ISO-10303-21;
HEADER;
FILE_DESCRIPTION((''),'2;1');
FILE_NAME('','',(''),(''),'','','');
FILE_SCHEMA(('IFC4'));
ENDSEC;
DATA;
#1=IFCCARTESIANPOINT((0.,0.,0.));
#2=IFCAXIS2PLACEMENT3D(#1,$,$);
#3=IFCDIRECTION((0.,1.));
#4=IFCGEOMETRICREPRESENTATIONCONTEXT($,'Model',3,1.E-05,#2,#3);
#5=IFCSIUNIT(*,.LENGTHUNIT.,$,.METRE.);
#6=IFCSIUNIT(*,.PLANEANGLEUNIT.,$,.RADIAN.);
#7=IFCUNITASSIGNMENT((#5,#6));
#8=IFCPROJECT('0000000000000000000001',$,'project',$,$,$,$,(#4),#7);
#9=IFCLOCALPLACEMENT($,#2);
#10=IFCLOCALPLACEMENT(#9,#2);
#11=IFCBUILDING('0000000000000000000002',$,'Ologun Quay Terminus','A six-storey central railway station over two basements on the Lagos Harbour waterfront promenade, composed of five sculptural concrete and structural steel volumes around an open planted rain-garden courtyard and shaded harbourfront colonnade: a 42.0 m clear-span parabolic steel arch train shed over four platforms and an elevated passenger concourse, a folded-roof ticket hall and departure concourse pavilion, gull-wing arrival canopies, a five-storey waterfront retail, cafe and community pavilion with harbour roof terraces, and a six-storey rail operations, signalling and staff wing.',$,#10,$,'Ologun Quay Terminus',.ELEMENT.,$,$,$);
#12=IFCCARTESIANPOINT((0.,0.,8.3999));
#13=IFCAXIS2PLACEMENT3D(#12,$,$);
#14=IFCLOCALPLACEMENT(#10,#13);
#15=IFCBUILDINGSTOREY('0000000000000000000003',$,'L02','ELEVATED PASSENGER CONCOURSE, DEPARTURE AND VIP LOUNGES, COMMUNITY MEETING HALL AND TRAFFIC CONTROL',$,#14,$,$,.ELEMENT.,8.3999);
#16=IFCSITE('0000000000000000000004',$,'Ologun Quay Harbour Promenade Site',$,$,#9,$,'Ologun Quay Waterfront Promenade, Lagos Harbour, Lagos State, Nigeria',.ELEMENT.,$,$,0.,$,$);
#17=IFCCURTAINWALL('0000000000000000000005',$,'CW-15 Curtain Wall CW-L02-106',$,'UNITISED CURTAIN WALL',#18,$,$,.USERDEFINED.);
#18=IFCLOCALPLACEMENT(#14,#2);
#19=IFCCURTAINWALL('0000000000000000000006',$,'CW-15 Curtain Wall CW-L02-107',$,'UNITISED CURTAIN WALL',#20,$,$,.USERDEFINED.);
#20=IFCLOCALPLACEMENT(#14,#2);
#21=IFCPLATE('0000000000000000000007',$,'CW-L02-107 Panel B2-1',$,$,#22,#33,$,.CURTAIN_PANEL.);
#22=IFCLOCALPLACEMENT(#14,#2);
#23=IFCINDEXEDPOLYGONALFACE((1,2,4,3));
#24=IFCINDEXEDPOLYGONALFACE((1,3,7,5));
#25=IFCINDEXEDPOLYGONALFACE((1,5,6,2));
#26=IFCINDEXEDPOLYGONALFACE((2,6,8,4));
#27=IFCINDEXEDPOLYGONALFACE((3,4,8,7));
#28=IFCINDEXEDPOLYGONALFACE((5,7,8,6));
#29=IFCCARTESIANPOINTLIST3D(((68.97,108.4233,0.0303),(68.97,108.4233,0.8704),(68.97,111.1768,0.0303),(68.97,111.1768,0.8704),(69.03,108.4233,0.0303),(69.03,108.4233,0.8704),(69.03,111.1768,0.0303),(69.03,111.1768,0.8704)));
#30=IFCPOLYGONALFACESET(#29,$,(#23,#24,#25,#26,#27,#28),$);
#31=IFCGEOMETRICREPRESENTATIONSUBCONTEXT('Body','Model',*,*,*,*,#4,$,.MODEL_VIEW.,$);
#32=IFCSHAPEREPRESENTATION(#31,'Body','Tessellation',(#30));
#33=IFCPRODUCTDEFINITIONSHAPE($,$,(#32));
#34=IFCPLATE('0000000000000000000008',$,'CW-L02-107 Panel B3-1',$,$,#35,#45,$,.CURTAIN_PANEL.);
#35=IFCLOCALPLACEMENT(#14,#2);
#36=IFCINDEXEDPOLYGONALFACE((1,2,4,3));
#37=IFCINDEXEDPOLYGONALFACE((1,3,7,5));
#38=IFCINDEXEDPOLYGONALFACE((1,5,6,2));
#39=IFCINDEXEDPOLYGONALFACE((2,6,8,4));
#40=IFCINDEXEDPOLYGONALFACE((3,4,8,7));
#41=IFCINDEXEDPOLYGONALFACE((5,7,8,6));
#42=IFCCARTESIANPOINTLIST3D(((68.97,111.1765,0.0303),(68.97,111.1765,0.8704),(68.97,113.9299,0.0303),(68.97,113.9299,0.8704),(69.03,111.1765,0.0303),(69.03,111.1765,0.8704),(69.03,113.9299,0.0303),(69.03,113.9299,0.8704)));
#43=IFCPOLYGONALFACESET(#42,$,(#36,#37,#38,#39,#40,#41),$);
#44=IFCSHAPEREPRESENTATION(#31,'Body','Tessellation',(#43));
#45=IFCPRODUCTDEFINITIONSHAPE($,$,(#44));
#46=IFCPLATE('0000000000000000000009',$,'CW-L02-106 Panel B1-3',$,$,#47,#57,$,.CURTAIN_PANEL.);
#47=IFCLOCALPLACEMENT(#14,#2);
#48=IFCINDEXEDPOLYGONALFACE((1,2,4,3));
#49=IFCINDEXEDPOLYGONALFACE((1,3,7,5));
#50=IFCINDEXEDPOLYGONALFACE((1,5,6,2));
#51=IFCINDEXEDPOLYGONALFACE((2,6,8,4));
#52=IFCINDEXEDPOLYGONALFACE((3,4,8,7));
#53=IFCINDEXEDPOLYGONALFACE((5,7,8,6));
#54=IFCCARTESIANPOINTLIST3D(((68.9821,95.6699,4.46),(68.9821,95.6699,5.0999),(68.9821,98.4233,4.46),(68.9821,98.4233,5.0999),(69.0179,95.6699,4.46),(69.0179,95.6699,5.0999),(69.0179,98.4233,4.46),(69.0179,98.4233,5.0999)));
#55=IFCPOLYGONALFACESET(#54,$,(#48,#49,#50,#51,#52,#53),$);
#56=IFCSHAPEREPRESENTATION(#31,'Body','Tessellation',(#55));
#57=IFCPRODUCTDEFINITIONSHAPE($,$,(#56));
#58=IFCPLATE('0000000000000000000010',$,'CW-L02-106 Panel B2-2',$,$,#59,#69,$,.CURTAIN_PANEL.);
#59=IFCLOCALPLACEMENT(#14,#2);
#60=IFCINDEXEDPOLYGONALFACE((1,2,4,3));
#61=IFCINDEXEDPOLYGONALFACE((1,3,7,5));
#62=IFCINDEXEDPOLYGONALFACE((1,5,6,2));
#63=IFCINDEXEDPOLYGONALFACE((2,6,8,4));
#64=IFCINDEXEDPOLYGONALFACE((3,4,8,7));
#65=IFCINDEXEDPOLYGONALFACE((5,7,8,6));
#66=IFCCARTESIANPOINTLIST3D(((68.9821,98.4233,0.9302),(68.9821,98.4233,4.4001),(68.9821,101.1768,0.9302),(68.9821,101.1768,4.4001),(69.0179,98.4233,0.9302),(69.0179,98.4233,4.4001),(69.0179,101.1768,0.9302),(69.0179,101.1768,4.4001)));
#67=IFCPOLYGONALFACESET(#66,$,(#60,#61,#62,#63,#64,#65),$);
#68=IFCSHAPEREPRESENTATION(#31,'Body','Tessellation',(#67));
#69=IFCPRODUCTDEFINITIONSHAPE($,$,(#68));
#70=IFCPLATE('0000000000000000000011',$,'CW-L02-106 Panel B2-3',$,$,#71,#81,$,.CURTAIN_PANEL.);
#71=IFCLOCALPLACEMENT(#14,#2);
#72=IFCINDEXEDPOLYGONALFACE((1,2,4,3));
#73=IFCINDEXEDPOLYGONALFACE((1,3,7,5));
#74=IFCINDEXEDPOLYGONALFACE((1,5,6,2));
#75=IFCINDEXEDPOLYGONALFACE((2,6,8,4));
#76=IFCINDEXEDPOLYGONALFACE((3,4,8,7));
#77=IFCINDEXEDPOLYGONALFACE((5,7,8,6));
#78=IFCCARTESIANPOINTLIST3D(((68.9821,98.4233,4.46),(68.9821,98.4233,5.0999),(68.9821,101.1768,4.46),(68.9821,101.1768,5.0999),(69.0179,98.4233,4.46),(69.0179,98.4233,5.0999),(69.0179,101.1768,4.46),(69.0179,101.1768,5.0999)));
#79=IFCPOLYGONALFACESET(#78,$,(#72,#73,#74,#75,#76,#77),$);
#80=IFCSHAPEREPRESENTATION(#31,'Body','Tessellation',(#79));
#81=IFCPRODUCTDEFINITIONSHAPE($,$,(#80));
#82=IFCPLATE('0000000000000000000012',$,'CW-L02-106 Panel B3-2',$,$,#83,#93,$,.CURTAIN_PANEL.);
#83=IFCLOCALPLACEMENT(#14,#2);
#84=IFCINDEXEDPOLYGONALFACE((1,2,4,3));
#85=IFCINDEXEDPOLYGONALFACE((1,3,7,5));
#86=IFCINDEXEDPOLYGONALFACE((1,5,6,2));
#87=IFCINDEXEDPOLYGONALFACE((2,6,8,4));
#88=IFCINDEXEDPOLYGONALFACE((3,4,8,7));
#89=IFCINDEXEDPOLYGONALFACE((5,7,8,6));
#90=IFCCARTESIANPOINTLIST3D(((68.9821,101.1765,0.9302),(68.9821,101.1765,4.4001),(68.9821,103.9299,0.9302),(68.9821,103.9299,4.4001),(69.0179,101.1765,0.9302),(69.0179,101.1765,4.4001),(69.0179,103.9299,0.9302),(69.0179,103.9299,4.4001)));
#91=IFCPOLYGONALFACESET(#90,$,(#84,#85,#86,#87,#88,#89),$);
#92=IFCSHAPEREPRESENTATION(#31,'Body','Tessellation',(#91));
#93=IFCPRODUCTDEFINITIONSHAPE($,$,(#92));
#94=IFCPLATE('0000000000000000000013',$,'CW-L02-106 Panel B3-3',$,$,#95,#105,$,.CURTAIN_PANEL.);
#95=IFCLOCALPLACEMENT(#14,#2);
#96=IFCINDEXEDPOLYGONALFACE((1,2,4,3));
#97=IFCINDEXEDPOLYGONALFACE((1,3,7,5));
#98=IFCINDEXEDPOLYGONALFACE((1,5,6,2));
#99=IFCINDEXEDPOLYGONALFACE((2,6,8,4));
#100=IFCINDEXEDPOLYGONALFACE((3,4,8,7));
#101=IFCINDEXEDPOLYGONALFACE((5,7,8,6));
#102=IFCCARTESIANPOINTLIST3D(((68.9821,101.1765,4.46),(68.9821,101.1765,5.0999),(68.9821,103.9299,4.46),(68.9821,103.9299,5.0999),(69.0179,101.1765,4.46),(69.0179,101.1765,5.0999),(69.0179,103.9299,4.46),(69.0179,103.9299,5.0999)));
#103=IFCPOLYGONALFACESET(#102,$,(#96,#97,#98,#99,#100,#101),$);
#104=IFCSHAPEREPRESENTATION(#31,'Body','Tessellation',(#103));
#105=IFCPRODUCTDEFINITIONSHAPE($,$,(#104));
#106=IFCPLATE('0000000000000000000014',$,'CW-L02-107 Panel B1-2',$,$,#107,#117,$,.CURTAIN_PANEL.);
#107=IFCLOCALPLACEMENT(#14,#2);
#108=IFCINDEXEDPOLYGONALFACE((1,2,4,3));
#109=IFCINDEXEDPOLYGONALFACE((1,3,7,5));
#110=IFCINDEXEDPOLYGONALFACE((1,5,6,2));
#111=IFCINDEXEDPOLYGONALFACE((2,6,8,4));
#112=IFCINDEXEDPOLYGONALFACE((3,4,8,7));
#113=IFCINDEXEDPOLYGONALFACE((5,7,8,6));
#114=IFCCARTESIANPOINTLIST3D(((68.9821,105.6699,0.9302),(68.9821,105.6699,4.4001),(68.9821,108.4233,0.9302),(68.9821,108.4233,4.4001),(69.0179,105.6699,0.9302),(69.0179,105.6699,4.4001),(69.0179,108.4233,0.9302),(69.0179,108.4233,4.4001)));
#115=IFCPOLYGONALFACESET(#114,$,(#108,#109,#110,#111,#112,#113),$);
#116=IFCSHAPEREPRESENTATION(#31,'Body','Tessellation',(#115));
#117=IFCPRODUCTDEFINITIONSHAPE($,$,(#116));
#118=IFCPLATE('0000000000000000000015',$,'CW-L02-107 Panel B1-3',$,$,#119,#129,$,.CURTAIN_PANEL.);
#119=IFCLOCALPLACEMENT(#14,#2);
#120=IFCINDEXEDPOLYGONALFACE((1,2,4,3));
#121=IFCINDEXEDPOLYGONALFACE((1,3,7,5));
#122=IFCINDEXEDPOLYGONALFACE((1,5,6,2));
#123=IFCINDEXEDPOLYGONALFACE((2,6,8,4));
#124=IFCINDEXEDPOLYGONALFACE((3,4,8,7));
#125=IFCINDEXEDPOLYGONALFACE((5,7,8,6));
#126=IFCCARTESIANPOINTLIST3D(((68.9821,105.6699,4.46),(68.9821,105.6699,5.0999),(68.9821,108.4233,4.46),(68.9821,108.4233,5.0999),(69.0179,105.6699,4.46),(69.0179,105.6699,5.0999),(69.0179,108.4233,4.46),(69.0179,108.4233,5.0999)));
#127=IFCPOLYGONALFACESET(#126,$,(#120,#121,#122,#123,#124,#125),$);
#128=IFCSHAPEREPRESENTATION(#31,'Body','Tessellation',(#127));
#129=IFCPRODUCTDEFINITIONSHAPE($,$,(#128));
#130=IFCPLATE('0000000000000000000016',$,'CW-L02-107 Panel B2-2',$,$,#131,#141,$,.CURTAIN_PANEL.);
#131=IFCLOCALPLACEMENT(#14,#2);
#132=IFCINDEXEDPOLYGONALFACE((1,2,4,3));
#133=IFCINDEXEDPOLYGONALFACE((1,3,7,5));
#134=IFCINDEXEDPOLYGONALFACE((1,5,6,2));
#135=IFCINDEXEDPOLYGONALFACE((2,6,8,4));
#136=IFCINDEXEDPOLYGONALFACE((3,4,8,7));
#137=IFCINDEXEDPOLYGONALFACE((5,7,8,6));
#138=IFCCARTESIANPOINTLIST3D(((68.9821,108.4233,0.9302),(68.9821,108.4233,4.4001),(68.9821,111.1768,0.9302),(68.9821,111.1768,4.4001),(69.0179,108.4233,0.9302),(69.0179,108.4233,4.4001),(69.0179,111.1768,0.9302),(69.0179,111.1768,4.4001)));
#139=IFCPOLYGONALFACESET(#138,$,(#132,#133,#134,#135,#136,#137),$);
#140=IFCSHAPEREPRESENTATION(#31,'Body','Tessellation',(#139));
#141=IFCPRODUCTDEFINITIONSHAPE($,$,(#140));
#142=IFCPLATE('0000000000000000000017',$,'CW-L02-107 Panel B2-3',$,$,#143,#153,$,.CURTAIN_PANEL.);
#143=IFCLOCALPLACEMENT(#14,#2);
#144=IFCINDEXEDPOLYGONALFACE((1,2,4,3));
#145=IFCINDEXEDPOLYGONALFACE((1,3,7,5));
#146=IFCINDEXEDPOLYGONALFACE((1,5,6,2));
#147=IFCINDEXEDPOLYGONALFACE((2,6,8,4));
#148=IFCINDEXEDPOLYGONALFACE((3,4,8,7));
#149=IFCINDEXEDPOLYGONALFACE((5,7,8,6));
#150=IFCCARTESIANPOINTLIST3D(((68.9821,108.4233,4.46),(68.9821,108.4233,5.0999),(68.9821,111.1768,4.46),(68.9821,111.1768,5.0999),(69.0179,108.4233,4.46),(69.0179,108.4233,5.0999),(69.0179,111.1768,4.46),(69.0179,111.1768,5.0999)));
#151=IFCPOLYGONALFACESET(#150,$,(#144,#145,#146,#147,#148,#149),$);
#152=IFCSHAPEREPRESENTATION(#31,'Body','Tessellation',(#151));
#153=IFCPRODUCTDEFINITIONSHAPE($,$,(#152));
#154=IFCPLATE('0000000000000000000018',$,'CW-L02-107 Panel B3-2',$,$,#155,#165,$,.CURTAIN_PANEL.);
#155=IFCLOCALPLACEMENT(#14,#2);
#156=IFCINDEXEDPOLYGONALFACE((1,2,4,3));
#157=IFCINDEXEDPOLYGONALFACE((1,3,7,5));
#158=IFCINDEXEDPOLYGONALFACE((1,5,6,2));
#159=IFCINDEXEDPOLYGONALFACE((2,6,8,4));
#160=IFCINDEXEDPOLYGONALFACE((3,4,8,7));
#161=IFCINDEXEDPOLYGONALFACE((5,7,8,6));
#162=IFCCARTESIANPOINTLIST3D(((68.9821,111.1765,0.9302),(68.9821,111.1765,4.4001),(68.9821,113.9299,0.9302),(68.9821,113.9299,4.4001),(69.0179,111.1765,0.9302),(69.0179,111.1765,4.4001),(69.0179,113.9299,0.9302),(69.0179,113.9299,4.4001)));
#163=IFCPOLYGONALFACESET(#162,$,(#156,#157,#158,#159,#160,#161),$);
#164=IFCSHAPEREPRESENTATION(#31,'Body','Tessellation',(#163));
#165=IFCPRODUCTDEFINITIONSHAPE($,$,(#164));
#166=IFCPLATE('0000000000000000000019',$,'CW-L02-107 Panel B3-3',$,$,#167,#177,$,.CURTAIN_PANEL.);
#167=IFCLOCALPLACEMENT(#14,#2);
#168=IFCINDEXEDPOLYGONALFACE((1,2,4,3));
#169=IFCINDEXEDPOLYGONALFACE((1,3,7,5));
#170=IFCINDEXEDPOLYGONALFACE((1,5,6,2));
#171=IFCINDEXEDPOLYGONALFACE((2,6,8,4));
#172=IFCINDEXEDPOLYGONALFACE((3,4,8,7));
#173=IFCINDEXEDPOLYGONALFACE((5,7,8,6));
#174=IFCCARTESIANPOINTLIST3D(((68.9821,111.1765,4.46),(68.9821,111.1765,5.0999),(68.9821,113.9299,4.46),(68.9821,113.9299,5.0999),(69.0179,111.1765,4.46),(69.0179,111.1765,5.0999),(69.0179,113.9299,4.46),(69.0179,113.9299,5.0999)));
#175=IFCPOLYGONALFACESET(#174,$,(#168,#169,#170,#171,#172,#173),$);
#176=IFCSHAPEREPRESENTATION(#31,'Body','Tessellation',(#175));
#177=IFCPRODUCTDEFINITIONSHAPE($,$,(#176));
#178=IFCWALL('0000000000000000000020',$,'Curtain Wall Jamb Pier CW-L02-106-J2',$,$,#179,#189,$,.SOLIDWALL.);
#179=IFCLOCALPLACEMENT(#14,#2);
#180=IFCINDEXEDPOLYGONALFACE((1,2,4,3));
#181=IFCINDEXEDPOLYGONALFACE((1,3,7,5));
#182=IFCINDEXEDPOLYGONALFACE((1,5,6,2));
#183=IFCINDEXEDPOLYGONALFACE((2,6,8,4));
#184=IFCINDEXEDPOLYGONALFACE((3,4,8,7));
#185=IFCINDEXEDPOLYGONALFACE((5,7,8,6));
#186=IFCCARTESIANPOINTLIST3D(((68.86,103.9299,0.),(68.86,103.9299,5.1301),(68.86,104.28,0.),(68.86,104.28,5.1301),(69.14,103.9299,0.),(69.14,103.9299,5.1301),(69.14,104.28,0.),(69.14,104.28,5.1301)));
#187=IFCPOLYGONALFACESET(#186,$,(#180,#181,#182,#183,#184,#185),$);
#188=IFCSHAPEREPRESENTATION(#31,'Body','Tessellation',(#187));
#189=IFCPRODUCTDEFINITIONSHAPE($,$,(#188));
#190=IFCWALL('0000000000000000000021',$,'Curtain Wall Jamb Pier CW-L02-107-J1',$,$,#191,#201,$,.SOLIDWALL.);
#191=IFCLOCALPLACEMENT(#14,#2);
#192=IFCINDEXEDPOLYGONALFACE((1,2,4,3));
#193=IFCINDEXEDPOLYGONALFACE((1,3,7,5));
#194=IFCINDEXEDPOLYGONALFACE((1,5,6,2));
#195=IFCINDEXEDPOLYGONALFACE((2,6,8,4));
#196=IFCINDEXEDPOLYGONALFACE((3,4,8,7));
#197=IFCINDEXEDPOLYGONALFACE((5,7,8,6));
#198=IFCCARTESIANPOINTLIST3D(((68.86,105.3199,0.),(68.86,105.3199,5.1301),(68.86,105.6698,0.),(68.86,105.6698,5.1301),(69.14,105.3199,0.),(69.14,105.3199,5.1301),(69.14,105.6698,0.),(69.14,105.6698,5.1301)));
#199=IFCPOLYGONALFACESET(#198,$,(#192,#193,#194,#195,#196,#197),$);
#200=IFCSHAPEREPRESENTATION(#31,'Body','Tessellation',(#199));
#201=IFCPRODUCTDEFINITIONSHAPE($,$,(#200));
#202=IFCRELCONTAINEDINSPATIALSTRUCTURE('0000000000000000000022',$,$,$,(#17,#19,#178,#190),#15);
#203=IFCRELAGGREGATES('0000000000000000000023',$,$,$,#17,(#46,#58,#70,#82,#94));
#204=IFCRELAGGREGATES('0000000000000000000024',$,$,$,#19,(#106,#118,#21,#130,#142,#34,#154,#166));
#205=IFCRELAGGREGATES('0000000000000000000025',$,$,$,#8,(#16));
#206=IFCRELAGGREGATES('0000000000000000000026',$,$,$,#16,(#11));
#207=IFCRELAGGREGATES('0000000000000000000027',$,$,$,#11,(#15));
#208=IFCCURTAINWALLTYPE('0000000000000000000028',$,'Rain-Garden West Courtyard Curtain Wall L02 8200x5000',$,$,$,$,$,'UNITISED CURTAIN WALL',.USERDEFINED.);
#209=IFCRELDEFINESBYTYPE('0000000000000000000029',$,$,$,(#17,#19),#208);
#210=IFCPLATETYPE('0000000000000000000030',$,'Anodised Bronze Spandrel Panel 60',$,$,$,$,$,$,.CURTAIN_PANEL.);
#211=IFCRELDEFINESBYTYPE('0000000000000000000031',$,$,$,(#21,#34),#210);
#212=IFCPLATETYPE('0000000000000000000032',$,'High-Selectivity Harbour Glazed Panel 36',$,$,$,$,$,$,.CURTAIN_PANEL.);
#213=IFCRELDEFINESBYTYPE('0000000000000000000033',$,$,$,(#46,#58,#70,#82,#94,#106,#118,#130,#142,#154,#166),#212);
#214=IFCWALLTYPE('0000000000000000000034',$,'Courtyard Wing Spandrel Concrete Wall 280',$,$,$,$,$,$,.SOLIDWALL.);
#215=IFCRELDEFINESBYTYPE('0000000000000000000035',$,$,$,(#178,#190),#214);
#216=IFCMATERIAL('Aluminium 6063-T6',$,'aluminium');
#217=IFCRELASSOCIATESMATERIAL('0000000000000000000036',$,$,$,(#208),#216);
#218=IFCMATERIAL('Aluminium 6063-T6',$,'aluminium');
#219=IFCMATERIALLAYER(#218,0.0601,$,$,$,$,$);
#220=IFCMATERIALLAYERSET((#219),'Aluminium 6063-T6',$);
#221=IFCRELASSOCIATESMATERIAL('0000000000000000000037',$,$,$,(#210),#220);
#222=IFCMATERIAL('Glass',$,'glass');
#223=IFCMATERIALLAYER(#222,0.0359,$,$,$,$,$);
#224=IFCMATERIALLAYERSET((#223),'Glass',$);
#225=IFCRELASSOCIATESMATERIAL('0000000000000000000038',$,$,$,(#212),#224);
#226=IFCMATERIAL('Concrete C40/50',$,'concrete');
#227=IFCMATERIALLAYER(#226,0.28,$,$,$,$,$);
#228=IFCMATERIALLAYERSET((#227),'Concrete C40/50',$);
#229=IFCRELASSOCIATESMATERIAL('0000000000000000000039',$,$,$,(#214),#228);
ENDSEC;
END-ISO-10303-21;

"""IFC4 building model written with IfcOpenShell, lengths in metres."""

from ifc_helpers import new_model, si_unit, direction, frame, frame_2d, origin, origin_2d, place, context, subcontext, project, spatial, rectangle, extrude, material, layer, layer_set, type_object, element, aggregate, save


model = new_model("IFC4")

# Units and contexts
model_context = context("Model", 3, precision=1e-05, world=origin(), true_north=direction((0.0, 1.0)))
body_context = subcontext(model_context, "Body", "Model", "MODEL_VIEW")
ifc_project = project(units=[si_unit("LENGTHUNIT", "METRE"), si_unit("PLANEANGLEUNIT", "RADIAN")], contexts=[model_context])

# Site, building, storey
site_placement = place(None, origin())
site = spatial("IfcSite", under=ifc_project, at=site_placement, Name="Ologun Quay Harbour Promenade Site", LongName="Ologun Quay Waterfront Promenade, Lagos Harbour, Lagos State, Nigeria", CompositionType="ELEMENT", RefElevation=0.0)
building_placement = place(site_placement, origin())
building = spatial("IfcBuilding", under=site, at=building_placement, Name="Ologun Quay Terminus", Description="A six-storey central railway station over two basements on the Lagos Harbour waterfront promenade, composed of five sculptural concrete and structural steel volumes around an open planted rain-garden courtyard and shaded harbourfront colonnade: a 42.0 m clear-span parabolic steel arch train shed over four platforms and an elevated passenger concourse, a folded-roof ticket hall and departure concourse pavilion, gull-wing arrival canopies, a five-storey waterfront retail, cafe and community pavilion with harbour roof terraces, and a six-storey rail operations, signalling and staff wing.", LongName="Ologun Quay Terminus", CompositionType="ELEMENT")
storey_placement = place(building_placement, frame((0.0, 0.0, 8.3999)))
storey = spatial("IfcBuildingStorey", under=building, at=storey_placement, Name="L02", Description="ELEVATED PASSENGER CONCOURSE, DEPARTURE AND VIP LOUNGES, COMMUNITY MEETING HALL AND TRAFFIC CONTROL", CompositionType="ELEMENT", Elevation=8.3999)

# Curtain walls
ifc_material_1 = material(Name="Aluminium 6063-T6", Category="aluminium")
curtain_wall_type = type_object("IfcCurtainWallType", Name="Rain-Garden West Courtyard Curtain Wall L02 8200x5000", ElementType="UNITISED CURTAIN WALL", PredefinedType="USERDEFINED", material=ifc_material_1)
curtain_wall_1_placement = place(storey_placement, origin())
curtain_wall_1 = element("IfcCurtainWall", 1, at=curtain_wall_1_placement, inside=storey, type_object=curtain_wall_type, Name="CW-15 Curtain Wall CW-L02-106", ObjectType="UNITISED CURTAIN WALL", PredefinedType="USERDEFINED")
curtain_wall_2_placement = place(storey_placement, origin())
curtain_wall_2 = element("IfcCurtainWall", 2, at=curtain_wall_2_placement, inside=storey, type_object=curtain_wall_type, Name="CW-15 Curtain Wall CW-L02-107", ObjectType="UNITISED CURTAIN WALL", PredefinedType="USERDEFINED")

# Plates
ifc_material_2 = material(Name="Aluminium 6063-T6", Category="aluminium")
ifc_layer_1 = layer(ifc_material_2, 0.0601)
ifc_layer_set_1 = layer_set([ifc_layer_1], Name="Aluminium 6063-T6")
plate_type_1 = type_object("IfcPlateType", Name="Anodised Bronze Spandrel Panel 60", PredefinedType="CURTAIN_PANEL", material=ifc_layer_set_1)
plate_1_placement = place(storey_placement, frame((69.0, 109.8, 0.0303), z_axis=(0.0, 0.0, 1.0), x_axis=(0.0, 1.0, 0.0)))
plate_1 = element("IfcPlate", 3, at=plate_1_placement, type_object=plate_type_1, Name="CW-L02-107 Panel B2-1", PredefinedType="CURTAIN_PANEL", context=body_context, shape_type="SweptSolid", body=[
    extrude(rectangle(XDim=2.7534, YDim=0.0601, at=origin_2d()), origin(), (0.0, 0.0, 1.0), 0.8401),
])
plate_2_placement = place(storey_placement, frame((69.0, 112.5532, 0.0303), z_axis=(0.0, 0.0, 1.0), x_axis=(0.0, 1.0, 0.0)))
plate_2 = element("IfcPlate", 4, at=plate_2_placement, type_object=plate_type_1, Name="CW-L02-107 Panel B3-1", PredefinedType="CURTAIN_PANEL", context=body_context, shape_type="SweptSolid", body=[
    extrude(rectangle(XDim=2.7534, YDim=0.0601, at=origin_2d()), origin(), (0.0, 0.0, 1.0), 0.8401),
])
ifc_material_3 = material(Name="Glass", Category="glass")
ifc_layer_2 = layer(ifc_material_3, 0.0359)
ifc_layer_set_2 = layer_set([ifc_layer_2], Name="Glass")
plate_type_2 = type_object("IfcPlateType", Name="High-Selectivity Harbour Glazed Panel 36", PredefinedType="CURTAIN_PANEL", material=ifc_layer_set_2)
plate_3_placement = place(storey_placement, frame((69.0, 97.0466, 4.46), z_axis=(0.0, 0.0, 1.0), x_axis=(0.0, 1.0, 0.0)))
plate_3 = element("IfcPlate", 5, at=plate_3_placement, type_object=plate_type_2, Name="CW-L02-106 Panel B1-3", PredefinedType="CURTAIN_PANEL", context=body_context, shape_type="SweptSolid", body=[
    extrude(rectangle(XDim=2.7534, YDim=0.0359, at=origin_2d()), origin(), (0.0, 0.0, 1.0), 0.6399),
])
plate_4_placement = place(storey_placement, frame((69.0, 99.8, 0.9302), z_axis=(0.0, 0.0, 1.0), x_axis=(0.0, 1.0, 0.0)))
plate_4 = element("IfcPlate", 6, at=plate_4_placement, type_object=plate_type_2, Name="CW-L02-106 Panel B2-2", PredefinedType="CURTAIN_PANEL", context=body_context, shape_type="SweptSolid", body=[
    extrude(rectangle(XDim=2.7534, YDim=0.0359, at=origin_2d()), origin(), (0.0, 0.0, 1.0), 3.47),
])
plate_5_placement = place(storey_placement, frame((69.0, 99.8, 4.46), z_axis=(0.0, 0.0, 1.0), x_axis=(0.0, 1.0, 0.0)))
plate_5 = element("IfcPlate", 7, at=plate_5_placement, type_object=plate_type_2, Name="CW-L02-106 Panel B2-3", PredefinedType="CURTAIN_PANEL", context=body_context, shape_type="SweptSolid", body=[
    extrude(rectangle(XDim=2.7534, YDim=0.0359, at=origin_2d()), origin(), (0.0, 0.0, 1.0), 0.6399),
])
plate_6_placement = place(storey_placement, frame((69.0, 102.5532, 0.9302), z_axis=(0.0, 0.0, 1.0), x_axis=(0.0, 1.0, 0.0)))
plate_6 = element("IfcPlate", 8, at=plate_6_placement, type_object=plate_type_2, Name="CW-L02-106 Panel B3-2", PredefinedType="CURTAIN_PANEL", context=body_context, shape_type="SweptSolid", body=[
    extrude(rectangle(XDim=2.7534, YDim=0.0359, at=origin_2d()), origin(), (0.0, 0.0, 1.0), 3.47),
])
plate_7_placement = place(storey_placement, frame((69.0, 102.5532, 4.46), z_axis=(0.0, 0.0, 1.0), x_axis=(0.0, 1.0, 0.0)))
plate_7 = element("IfcPlate", 9, at=plate_7_placement, type_object=plate_type_2, Name="CW-L02-106 Panel B3-3", PredefinedType="CURTAIN_PANEL", context=body_context, shape_type="SweptSolid", body=[
    extrude(rectangle(XDim=2.7534, YDim=0.0359, at=origin_2d()), origin(), (0.0, 0.0, 1.0), 0.6399),
])
aggregate(curtain_wall_1, [plate_3, plate_4, plate_5, plate_6, plate_7])
plate_8_placement = place(storey_placement, frame((69.0, 107.0466, 0.9302), z_axis=(0.0, 0.0, 1.0), x_axis=(0.0, 1.0, 0.0)))
plate_8 = element("IfcPlate", 10, at=plate_8_placement, type_object=plate_type_2, Name="CW-L02-107 Panel B1-2", PredefinedType="CURTAIN_PANEL", context=body_context, shape_type="SweptSolid", body=[
    extrude(rectangle(XDim=2.7534, YDim=0.0359, at=origin_2d()), origin(), (0.0, 0.0, 1.0), 3.47),
])
plate_9_placement = place(storey_placement, frame((69.0, 107.0466, 4.46), z_axis=(0.0, 0.0, 1.0), x_axis=(0.0, 1.0, 0.0)))
plate_9 = element("IfcPlate", 11, at=plate_9_placement, type_object=plate_type_2, Name="CW-L02-107 Panel B1-3", PredefinedType="CURTAIN_PANEL", context=body_context, shape_type="SweptSolid", body=[
    extrude(rectangle(XDim=2.7534, YDim=0.0359, at=origin_2d()), origin(), (0.0, 0.0, 1.0), 0.6399),
])
plate_10_placement = place(storey_placement, frame((69.0, 109.8, 0.9302), z_axis=(0.0, 0.0, 1.0), x_axis=(0.0, 1.0, 0.0)))
plate_10 = element("IfcPlate", 12, at=plate_10_placement, type_object=plate_type_2, Name="CW-L02-107 Panel B2-2", PredefinedType="CURTAIN_PANEL", context=body_context, shape_type="SweptSolid", body=[
    extrude(rectangle(XDim=2.7534, YDim=0.0359, at=origin_2d()), origin(), (0.0, 0.0, 1.0), 3.47),
])
plate_11_placement = place(storey_placement, frame((69.0, 109.8, 4.46), z_axis=(0.0, 0.0, 1.0), x_axis=(0.0, 1.0, 0.0)))
plate_11 = element("IfcPlate", 13, at=plate_11_placement, type_object=plate_type_2, Name="CW-L02-107 Panel B2-3", PredefinedType="CURTAIN_PANEL", context=body_context, shape_type="SweptSolid", body=[
    extrude(rectangle(XDim=2.7534, YDim=0.0359, at=origin_2d()), origin(), (0.0, 0.0, 1.0), 0.6399),
])
plate_12_placement = place(storey_placement, frame((69.0, 112.5532, 0.9302), z_axis=(0.0, 0.0, 1.0), x_axis=(0.0, 1.0, 0.0)))
plate_12 = element("IfcPlate", 14, at=plate_12_placement, type_object=plate_type_2, Name="CW-L02-107 Panel B3-2", PredefinedType="CURTAIN_PANEL", context=body_context, shape_type="SweptSolid", body=[
    extrude(rectangle(XDim=2.7534, YDim=0.0359, at=origin_2d()), origin(), (0.0, 0.0, 1.0), 3.47),
])
plate_13_placement = place(storey_placement, frame((69.0, 112.5532, 4.46), z_axis=(0.0, 0.0, 1.0), x_axis=(0.0, 1.0, 0.0)))
plate_13 = element("IfcPlate", 15, at=plate_13_placement, type_object=plate_type_2, Name="CW-L02-107 Panel B3-3", PredefinedType="CURTAIN_PANEL", context=body_context, shape_type="SweptSolid", body=[
    extrude(rectangle(XDim=2.7534, YDim=0.0359, at=origin_2d()), origin(), (0.0, 0.0, 1.0), 0.6399),
])
aggregate(curtain_wall_2, [plate_8, plate_9, plate_1, plate_10, plate_11, plate_2, plate_12, plate_13])

# Walls
ifc_material_4 = material(Name="Concrete C40/50", Category="concrete")
ifc_layer_3 = layer(ifc_material_4, 0.28)
ifc_layer_set_3 = layer_set([ifc_layer_3], Name="Concrete C40/50")
wall_type = type_object("IfcWallType", Name="Courtyard Wing Spandrel Concrete Wall 280", PredefinedType="SOLIDWALL", material=ifc_layer_set_3)
wall_1_placement = place(storey_placement, frame((69.0, 103.9299, 0.0), z_axis=(0.0, 0.0, 1.0), x_axis=(0.0, 1.0, 0.0)))
element("IfcWall", 16, at=wall_1_placement, inside=storey, type_object=wall_type, Name="Curtain Wall Jamb Pier CW-L02-106-J2", PredefinedType="SOLIDWALL", context=body_context, shape_type="SweptSolid", body=[
    extrude(rectangle(XDim=0.3501, YDim=0.28, at=frame_2d((0.175, 0.0))), origin(), (0.0, 0.0, 1.0), 5.1301),
])
wall_2_placement = place(storey_placement, frame((69.0, 105.3201, 0.0), z_axis=(0.0, 0.0, 1.0), x_axis=(0.0, 1.0, 0.0)))
element("IfcWall", 17, at=wall_2_placement, inside=storey, type_object=wall_type, Name="Curtain Wall Jamb Pier CW-L02-107-J1", PredefinedType="SOLIDWALL", context=body_context, shape_type="SweptSolid", body=[
    extrude(rectangle(XDim=0.3499, YDim=0.28, at=frame_2d((0.1748, 0.0))), origin(), (0.0, 0.0, 1.0), 5.1301),
])

save(model, "model.ifc")
